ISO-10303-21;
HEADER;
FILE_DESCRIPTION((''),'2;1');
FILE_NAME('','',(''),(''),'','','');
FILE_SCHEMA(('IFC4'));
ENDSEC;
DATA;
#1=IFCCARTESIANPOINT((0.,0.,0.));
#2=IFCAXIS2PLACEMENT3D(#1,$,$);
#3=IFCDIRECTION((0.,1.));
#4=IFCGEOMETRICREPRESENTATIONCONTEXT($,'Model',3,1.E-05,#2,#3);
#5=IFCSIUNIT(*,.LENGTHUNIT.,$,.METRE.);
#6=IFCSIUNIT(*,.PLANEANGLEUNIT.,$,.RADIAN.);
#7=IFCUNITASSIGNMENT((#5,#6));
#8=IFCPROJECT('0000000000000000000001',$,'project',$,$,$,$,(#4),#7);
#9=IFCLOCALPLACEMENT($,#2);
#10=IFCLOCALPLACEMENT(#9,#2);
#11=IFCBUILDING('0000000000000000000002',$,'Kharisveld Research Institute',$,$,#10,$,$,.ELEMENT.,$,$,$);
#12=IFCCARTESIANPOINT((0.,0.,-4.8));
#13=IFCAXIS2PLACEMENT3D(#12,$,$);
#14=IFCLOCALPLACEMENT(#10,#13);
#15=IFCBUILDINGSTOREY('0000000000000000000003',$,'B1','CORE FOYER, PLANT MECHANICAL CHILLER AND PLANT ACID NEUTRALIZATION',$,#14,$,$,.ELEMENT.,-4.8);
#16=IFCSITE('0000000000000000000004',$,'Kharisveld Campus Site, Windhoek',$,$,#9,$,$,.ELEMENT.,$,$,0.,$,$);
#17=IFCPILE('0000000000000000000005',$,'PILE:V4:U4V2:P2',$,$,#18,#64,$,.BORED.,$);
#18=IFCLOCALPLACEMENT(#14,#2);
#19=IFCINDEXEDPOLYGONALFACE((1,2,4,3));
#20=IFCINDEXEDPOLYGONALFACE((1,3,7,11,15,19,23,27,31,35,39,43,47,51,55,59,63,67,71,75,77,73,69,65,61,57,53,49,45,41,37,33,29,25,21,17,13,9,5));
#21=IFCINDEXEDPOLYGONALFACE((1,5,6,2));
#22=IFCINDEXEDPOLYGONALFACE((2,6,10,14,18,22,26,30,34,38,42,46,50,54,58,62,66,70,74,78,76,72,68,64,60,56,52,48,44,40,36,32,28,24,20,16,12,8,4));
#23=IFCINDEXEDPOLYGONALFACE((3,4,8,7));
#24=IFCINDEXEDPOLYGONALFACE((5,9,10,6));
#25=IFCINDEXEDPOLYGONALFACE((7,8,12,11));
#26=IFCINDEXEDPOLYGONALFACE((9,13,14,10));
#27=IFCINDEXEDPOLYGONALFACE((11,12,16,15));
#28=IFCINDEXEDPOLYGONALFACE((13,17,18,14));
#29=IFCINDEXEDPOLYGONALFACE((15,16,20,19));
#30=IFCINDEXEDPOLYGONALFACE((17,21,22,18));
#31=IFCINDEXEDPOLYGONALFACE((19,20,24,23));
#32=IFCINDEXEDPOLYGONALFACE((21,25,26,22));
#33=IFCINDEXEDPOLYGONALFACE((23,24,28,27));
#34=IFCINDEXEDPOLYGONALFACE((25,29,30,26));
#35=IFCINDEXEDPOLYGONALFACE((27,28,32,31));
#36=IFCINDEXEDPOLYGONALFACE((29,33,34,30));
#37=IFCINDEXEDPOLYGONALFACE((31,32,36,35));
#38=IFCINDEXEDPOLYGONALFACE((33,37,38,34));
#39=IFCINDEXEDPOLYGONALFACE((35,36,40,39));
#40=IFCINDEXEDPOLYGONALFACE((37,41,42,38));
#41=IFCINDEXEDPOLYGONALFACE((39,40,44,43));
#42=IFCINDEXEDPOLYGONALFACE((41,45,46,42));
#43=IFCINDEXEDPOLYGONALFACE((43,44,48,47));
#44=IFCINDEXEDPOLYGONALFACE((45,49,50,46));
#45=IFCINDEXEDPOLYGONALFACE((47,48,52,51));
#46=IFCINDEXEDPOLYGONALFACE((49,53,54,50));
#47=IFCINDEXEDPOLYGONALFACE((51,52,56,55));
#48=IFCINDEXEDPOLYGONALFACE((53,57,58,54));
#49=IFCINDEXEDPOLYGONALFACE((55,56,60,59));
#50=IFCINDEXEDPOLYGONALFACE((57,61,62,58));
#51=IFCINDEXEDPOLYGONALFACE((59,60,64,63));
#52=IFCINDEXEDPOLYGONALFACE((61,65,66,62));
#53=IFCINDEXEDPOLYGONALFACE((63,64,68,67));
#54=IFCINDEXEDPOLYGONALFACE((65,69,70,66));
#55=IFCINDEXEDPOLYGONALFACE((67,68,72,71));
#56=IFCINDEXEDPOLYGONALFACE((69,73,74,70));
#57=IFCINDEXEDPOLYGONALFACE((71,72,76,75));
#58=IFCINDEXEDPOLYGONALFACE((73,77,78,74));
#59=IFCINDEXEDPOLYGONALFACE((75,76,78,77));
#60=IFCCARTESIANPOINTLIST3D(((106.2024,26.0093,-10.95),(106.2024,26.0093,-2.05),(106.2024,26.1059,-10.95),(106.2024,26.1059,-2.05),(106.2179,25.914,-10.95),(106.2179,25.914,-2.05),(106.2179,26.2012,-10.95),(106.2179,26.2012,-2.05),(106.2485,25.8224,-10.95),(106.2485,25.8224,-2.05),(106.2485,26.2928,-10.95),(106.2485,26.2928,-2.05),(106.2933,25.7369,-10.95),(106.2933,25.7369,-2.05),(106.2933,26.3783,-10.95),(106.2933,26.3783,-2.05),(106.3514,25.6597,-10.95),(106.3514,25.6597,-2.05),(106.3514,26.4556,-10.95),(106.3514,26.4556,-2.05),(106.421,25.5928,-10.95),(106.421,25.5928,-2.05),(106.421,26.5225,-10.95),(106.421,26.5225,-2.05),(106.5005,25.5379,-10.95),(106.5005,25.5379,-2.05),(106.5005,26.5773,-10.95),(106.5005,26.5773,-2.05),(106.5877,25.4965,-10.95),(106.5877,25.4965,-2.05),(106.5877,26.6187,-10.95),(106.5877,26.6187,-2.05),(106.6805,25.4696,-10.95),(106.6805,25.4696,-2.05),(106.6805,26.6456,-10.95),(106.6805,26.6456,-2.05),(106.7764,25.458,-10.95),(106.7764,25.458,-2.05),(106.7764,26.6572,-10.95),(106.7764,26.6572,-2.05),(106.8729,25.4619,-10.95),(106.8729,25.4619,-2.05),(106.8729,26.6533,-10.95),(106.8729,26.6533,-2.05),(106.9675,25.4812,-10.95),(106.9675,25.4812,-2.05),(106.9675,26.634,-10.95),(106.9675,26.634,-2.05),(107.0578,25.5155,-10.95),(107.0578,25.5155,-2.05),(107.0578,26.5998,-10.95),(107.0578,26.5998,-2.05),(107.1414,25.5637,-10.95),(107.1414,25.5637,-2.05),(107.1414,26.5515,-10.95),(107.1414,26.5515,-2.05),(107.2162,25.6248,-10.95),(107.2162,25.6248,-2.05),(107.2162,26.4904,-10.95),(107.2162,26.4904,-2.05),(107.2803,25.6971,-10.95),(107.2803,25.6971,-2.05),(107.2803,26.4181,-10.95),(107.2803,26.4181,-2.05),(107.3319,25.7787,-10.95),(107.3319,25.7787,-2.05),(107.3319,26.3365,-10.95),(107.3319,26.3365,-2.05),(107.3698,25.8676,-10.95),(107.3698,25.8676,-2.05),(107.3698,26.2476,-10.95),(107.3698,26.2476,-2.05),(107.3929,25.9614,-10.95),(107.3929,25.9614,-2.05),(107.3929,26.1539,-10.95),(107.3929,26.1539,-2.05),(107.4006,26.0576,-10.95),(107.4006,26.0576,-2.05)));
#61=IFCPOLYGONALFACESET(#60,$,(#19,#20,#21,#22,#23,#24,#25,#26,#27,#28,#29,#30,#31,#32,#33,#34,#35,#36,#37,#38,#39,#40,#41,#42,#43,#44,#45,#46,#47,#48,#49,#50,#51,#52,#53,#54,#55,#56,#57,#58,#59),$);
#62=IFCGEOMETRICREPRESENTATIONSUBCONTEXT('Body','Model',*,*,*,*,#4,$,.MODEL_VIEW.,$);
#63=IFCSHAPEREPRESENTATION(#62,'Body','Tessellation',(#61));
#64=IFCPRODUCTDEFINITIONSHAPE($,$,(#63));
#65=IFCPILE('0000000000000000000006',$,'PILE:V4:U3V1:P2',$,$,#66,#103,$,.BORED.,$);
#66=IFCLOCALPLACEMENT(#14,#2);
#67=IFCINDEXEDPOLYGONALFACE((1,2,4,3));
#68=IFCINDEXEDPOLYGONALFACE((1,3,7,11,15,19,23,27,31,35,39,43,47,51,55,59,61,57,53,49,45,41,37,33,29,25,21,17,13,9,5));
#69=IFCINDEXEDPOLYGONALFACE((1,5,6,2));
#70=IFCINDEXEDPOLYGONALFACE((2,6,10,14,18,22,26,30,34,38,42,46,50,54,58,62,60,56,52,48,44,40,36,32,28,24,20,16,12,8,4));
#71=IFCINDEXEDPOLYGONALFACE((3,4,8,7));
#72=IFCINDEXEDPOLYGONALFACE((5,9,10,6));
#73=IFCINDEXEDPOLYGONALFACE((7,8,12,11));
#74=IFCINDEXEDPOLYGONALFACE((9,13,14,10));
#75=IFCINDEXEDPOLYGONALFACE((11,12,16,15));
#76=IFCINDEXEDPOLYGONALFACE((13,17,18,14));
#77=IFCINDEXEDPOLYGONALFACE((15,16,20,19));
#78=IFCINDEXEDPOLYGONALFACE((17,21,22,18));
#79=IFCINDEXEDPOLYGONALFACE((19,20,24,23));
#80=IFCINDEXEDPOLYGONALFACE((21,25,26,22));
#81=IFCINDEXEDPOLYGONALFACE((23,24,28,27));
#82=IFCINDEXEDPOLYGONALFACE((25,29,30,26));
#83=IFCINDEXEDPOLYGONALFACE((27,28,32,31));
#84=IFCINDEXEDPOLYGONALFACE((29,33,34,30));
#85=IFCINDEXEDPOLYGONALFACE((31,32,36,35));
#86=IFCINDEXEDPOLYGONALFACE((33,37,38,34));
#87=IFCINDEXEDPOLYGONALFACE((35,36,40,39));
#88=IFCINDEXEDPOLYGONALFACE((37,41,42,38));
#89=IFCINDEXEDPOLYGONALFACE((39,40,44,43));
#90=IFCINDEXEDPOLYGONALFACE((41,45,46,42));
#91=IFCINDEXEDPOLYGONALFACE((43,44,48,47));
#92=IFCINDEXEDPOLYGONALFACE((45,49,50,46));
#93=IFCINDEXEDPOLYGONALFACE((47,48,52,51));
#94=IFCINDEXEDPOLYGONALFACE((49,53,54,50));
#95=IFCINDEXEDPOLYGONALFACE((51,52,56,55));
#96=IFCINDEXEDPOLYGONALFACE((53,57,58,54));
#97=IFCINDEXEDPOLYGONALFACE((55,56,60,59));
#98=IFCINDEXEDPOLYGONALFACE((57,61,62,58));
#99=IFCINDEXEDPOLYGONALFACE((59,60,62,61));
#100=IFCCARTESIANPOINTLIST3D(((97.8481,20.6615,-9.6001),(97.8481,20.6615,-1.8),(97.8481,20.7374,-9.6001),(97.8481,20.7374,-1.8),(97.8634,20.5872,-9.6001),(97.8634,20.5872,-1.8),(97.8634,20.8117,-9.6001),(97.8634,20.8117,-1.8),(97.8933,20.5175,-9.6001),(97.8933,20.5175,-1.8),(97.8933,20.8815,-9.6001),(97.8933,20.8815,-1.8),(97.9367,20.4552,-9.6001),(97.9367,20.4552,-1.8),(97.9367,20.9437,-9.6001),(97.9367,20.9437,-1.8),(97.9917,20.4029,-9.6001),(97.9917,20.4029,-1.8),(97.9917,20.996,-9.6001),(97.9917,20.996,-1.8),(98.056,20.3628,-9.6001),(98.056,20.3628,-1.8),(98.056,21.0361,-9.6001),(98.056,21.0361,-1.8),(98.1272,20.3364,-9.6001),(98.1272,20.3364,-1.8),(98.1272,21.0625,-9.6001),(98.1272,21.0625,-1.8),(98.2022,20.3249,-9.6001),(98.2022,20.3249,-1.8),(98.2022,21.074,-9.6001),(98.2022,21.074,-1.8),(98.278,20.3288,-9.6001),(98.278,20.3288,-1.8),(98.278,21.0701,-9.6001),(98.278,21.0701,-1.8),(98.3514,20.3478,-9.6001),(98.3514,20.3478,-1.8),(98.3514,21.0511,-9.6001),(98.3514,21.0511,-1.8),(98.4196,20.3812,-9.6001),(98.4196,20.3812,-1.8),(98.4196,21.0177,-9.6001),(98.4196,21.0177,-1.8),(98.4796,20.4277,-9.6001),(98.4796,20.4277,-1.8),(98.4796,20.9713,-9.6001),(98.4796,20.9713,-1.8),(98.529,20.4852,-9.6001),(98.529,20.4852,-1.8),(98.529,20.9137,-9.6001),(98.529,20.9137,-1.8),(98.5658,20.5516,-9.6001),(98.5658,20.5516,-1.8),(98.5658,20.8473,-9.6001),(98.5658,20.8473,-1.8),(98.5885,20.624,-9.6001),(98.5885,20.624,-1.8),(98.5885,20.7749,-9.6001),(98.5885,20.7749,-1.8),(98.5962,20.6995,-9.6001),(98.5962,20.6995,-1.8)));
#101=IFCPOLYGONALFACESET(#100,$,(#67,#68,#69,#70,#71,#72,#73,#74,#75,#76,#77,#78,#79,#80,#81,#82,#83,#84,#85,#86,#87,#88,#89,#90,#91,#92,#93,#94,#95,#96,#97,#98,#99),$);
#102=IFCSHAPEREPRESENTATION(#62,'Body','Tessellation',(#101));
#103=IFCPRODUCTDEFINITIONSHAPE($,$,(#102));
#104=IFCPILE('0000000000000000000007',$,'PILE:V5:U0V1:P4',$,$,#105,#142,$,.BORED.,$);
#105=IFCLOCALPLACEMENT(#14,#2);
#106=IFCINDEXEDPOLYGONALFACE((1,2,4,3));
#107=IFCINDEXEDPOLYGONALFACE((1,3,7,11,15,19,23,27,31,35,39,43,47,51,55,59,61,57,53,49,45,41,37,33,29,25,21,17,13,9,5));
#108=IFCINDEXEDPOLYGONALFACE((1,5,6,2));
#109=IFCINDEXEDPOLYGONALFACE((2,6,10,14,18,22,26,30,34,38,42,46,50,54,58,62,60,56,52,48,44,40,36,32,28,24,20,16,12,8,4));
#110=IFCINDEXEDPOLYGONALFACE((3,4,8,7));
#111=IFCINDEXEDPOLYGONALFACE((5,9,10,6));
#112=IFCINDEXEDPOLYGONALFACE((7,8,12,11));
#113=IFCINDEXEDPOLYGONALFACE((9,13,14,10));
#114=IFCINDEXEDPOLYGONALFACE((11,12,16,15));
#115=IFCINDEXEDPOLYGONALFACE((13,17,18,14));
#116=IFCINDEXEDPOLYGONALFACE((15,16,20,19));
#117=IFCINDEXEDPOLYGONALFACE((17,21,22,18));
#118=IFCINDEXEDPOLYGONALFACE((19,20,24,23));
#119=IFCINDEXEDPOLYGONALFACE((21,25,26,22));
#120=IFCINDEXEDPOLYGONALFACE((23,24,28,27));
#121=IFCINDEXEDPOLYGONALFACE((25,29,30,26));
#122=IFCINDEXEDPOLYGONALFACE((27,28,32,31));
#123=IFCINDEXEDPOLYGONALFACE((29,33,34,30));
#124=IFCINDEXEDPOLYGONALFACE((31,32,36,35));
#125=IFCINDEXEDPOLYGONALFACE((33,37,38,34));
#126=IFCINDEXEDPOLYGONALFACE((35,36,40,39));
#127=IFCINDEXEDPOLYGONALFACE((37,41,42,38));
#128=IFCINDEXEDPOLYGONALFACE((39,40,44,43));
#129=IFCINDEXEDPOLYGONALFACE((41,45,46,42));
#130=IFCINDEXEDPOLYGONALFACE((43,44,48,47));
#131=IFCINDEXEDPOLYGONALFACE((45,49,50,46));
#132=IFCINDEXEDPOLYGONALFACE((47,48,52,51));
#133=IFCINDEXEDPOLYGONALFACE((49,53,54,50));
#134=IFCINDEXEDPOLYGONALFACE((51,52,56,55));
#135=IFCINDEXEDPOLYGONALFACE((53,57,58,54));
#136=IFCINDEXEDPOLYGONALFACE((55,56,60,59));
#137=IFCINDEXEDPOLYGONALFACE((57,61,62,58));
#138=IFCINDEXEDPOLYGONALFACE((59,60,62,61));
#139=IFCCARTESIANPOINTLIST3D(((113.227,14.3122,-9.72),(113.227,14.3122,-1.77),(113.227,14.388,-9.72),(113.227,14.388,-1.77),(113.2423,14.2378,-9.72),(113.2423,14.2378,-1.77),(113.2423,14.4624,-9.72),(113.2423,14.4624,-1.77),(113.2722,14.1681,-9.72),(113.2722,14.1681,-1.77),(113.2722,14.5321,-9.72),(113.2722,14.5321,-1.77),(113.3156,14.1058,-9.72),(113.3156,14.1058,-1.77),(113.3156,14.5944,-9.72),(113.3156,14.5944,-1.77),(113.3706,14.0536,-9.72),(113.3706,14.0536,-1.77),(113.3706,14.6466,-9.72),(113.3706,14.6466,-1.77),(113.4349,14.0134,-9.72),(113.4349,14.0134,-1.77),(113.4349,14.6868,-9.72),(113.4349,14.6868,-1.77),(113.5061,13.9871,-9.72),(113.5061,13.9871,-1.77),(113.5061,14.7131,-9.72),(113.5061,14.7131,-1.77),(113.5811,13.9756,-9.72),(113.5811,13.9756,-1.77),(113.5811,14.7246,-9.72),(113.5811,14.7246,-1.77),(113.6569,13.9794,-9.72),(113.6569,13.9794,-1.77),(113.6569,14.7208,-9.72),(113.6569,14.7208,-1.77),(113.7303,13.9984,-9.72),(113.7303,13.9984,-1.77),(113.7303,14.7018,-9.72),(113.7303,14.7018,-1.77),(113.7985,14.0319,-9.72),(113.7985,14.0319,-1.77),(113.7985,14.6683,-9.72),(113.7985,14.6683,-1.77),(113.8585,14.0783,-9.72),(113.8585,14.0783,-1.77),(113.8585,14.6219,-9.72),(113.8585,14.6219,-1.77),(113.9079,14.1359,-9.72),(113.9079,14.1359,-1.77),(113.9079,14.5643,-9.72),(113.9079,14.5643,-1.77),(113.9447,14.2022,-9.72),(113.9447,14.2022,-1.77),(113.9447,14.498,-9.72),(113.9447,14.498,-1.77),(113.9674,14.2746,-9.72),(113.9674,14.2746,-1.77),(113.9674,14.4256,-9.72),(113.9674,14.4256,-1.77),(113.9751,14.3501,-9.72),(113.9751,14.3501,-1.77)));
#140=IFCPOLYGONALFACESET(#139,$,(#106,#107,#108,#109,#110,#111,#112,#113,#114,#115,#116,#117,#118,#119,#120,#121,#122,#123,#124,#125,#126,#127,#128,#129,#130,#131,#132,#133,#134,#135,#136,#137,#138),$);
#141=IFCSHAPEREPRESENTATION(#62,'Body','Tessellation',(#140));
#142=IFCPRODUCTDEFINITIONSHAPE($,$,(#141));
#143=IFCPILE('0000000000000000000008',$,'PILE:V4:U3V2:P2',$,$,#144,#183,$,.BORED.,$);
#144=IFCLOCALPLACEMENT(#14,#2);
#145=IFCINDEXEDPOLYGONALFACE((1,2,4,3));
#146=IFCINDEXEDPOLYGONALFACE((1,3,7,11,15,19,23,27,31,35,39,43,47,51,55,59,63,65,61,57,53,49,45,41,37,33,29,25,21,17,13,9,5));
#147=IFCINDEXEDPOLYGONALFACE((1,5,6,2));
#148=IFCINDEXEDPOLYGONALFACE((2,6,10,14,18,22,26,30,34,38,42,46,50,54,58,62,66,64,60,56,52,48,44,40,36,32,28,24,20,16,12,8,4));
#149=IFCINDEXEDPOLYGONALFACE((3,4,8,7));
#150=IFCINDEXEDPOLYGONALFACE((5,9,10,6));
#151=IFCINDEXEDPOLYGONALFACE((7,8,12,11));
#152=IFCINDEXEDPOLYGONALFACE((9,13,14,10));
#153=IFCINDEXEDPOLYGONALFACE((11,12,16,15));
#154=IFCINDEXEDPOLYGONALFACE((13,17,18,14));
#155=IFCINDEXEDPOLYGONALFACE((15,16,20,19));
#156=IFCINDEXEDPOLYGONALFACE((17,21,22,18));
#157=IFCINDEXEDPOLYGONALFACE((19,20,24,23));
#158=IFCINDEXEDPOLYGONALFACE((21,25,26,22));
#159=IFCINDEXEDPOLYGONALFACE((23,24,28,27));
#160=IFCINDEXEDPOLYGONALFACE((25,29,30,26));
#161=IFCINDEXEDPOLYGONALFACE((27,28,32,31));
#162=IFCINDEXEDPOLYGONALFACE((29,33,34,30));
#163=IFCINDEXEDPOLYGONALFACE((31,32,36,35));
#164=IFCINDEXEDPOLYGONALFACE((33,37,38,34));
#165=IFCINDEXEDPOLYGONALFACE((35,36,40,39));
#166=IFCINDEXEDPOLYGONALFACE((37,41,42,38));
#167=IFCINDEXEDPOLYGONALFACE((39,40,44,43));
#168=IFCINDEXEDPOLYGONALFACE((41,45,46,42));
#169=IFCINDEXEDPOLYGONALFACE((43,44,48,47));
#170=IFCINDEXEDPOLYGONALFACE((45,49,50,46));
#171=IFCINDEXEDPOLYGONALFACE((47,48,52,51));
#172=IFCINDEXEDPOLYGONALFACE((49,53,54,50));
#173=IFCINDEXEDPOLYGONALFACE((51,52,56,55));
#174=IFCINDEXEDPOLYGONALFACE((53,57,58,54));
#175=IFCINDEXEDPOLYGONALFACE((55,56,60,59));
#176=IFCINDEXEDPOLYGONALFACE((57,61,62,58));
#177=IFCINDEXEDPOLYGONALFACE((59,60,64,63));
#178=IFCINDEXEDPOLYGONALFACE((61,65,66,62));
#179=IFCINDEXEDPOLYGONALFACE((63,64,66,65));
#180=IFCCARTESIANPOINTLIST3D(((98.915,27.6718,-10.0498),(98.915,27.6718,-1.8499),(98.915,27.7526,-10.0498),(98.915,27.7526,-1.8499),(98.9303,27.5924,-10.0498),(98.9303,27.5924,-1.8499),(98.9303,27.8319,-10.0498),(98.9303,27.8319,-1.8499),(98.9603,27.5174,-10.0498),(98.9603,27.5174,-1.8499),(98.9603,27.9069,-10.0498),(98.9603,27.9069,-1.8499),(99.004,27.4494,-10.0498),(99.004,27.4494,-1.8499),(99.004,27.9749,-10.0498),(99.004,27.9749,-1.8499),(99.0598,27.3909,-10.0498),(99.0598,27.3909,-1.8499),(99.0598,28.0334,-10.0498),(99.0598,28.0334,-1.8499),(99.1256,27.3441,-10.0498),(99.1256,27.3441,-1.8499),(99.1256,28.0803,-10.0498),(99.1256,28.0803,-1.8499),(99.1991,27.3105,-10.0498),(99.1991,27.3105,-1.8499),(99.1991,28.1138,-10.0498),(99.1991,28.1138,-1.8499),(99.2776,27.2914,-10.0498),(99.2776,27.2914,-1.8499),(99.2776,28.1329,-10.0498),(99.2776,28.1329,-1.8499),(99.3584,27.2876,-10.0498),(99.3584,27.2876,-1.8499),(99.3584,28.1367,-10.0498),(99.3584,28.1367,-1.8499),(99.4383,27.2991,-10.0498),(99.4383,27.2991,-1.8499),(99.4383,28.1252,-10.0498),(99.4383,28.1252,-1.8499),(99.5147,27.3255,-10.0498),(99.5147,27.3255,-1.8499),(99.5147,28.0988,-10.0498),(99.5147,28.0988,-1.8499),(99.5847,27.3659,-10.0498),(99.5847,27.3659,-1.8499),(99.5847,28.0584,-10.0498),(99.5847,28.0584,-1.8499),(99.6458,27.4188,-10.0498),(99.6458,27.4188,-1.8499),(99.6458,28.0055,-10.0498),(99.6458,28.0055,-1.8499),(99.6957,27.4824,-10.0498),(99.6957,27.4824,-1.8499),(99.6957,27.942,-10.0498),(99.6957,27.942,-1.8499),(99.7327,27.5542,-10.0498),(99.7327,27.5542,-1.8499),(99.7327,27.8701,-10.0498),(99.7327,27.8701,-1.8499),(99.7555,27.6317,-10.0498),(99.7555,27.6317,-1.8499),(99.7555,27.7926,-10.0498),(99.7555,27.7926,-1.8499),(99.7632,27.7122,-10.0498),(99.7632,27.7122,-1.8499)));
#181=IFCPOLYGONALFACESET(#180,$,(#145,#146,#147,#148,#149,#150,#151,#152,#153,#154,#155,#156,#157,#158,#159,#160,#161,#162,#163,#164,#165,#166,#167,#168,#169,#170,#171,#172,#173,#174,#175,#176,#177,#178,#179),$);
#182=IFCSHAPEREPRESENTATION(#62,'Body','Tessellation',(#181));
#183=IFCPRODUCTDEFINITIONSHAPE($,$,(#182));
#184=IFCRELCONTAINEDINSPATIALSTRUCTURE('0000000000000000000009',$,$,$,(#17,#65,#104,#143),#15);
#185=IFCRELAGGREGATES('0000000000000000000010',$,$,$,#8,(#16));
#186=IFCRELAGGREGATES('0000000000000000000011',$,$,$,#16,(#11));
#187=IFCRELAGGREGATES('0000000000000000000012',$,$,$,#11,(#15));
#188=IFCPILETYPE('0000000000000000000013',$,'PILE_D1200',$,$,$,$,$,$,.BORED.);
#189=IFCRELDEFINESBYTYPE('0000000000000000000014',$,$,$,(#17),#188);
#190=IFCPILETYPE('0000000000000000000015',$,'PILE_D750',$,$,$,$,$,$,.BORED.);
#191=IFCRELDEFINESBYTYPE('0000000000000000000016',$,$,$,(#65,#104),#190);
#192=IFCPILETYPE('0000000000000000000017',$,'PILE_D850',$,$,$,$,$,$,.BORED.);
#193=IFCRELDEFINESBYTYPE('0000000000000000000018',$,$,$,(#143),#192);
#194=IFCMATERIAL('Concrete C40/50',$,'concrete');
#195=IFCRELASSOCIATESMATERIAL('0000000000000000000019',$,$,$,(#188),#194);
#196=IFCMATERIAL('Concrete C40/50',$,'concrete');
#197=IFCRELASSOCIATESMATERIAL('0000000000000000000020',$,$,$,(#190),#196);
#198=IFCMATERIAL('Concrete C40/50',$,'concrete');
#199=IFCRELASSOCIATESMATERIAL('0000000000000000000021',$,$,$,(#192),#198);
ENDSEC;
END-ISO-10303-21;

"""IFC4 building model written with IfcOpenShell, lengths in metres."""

from ifc_helpers import new_model, si_unit, direction, frame, origin, origin_2d, place, context, subcontext, project, spatial, circle, extrude, material, material_profile, profile_set, type_object, element, save


model = new_model("IFC4")

# Units and contexts
model_context = context("Model", 3, precision=1e-05, world=origin(), true_north=direction((0.0, 1.0)))
body_context = subcontext(model_context, "Body", "Model", "MODEL_VIEW")
ifc_project = project(units=[si_unit("LENGTHUNIT", "METRE"), si_unit("PLANEANGLEUNIT", "RADIAN")], contexts=[model_context])

# Site, building, storey
site_placement = place(None, origin())
site = spatial("IfcSite", under=ifc_project, at=site_placement, Name="Kharisveld Campus Site, Windhoek", CompositionType="ELEMENT", RefElevation=0.0)
building_placement = place(site_placement, origin())
building = spatial("IfcBuilding", under=site, at=building_placement, Name="Kharisveld Research Institute", CompositionType="ELEMENT")
storey_placement = place(building_placement, frame((0.0, 0.0, -4.8)))
storey = spatial("IfcBuildingStorey", under=building, at=storey_placement, Name="B1", Description="CORE FOYER, PLANT MECHANICAL CHILLER AND PLANT ACID NEUTRALIZATION", CompositionType="ELEMENT", Elevation=-4.8)

# Piles
ifc_material_1 = material(Name="Concrete C40/50", Category="concrete")
ifc_material_profile_1 = material_profile(ifc_material_1, circle(Radius=0.6001, at=origin_2d()))
ifc_profile_set_1 = profile_set([ifc_material_profile_1], Name="Concrete C40/50")
pile_type_1 = type_object("IfcPileType", Name="PILE_D1200", PredefinedType="BORED", material=ifc_profile_set_1)
for number, where, z_axis, x_axis, name in (
    (1, (106.8005, 26.0576, -2.05), (0.0, 0.0, -1.0), (1.0, 0.0, 0.0), "PILE:V4:U4V2:P2"),
):
    element("IfcPile", number, at=place(storey_placement, frame(where, z_axis=z_axis, x_axis=x_axis)), inside=storey, type_object=pile_type_1, Name=name, PredefinedType="BORED", context=body_context, shape_type="SweptSolid", body=[
        extrude(circle(Radius=0.6001, at=origin_2d()), origin(), (0.0, 0.0, 1.0), 8.8999),
    ])
ifc_material_2 = material(Name="Concrete C40/50", Category="concrete")
ifc_material_profile_2 = material_profile(ifc_material_2, circle(Radius=0.375, at=origin_2d()))
ifc_profile_set_2 = profile_set([ifc_material_profile_2], Name="Concrete C40/50")
pile_type_2 = type_object("IfcPileType", Name="PILE_D750", PredefinedType="BORED", material=ifc_profile_set_2)
pile_1_placement = place(storey_placement, frame((98.2212, 20.6995, -1.8), z_axis=(0.0, 0.0, -1.0), x_axis=(1.0, 0.0, 0.0)))
element("IfcPile", 2, at=pile_1_placement, inside=storey, type_object=pile_type_2, Name="PILE:V4:U3V1:P2", PredefinedType="BORED", context=body_context, shape_type="SweptSolid", body=[
    extrude(circle(Radius=0.375, at=origin_2d()), origin(), (0.0, 0.0, 1.0), 7.8),
])
pile_2_placement = place(storey_placement, frame((113.6001, 14.3501, -1.77), z_axis=(0.0, 0.0, -1.0), x_axis=(1.0, 0.0, 0.0)))
element("IfcPile", 3, at=pile_2_placement, inside=storey, type_object=pile_type_2, Name="PILE:V5:U0V1:P4", PredefinedType="BORED", context=body_context, shape_type="SweptSolid", body=[
    extrude(circle(Radius=0.375, at=origin_2d()), origin(), (0.0, 0.0, 1.0), 7.95),
])
ifc_material_3 = material(Name="Concrete C40/50", Category="concrete")
ifc_material_profile_3 = material_profile(ifc_material_3, circle(Radius=0.425, at=origin_2d()))
ifc_profile_set_3 = profile_set([ifc_material_profile_3], Name="Concrete C40/50")
pile_type_3 = type_object("IfcPileType", Name="PILE_D850", PredefinedType="BORED", material=ifc_profile_set_3)
pile_3_placement = place(storey_placement, frame((99.3381, 27.7122, -1.8499), z_axis=(0.0, 0.0, -1.0), x_axis=(1.0, 0.0, 0.0)))
element("IfcPile", 4, at=pile_3_placement, inside=storey, type_object=pile_type_3, Name="PILE:V4:U3V2:P2", PredefinedType="BORED", context=body_context, shape_type="SweptSolid", body=[
    extrude(circle(Radius=0.425, at=origin_2d()), origin(), (0.0, 0.0, 1.0), 8.2),
])

save(model, "model.ifc")
